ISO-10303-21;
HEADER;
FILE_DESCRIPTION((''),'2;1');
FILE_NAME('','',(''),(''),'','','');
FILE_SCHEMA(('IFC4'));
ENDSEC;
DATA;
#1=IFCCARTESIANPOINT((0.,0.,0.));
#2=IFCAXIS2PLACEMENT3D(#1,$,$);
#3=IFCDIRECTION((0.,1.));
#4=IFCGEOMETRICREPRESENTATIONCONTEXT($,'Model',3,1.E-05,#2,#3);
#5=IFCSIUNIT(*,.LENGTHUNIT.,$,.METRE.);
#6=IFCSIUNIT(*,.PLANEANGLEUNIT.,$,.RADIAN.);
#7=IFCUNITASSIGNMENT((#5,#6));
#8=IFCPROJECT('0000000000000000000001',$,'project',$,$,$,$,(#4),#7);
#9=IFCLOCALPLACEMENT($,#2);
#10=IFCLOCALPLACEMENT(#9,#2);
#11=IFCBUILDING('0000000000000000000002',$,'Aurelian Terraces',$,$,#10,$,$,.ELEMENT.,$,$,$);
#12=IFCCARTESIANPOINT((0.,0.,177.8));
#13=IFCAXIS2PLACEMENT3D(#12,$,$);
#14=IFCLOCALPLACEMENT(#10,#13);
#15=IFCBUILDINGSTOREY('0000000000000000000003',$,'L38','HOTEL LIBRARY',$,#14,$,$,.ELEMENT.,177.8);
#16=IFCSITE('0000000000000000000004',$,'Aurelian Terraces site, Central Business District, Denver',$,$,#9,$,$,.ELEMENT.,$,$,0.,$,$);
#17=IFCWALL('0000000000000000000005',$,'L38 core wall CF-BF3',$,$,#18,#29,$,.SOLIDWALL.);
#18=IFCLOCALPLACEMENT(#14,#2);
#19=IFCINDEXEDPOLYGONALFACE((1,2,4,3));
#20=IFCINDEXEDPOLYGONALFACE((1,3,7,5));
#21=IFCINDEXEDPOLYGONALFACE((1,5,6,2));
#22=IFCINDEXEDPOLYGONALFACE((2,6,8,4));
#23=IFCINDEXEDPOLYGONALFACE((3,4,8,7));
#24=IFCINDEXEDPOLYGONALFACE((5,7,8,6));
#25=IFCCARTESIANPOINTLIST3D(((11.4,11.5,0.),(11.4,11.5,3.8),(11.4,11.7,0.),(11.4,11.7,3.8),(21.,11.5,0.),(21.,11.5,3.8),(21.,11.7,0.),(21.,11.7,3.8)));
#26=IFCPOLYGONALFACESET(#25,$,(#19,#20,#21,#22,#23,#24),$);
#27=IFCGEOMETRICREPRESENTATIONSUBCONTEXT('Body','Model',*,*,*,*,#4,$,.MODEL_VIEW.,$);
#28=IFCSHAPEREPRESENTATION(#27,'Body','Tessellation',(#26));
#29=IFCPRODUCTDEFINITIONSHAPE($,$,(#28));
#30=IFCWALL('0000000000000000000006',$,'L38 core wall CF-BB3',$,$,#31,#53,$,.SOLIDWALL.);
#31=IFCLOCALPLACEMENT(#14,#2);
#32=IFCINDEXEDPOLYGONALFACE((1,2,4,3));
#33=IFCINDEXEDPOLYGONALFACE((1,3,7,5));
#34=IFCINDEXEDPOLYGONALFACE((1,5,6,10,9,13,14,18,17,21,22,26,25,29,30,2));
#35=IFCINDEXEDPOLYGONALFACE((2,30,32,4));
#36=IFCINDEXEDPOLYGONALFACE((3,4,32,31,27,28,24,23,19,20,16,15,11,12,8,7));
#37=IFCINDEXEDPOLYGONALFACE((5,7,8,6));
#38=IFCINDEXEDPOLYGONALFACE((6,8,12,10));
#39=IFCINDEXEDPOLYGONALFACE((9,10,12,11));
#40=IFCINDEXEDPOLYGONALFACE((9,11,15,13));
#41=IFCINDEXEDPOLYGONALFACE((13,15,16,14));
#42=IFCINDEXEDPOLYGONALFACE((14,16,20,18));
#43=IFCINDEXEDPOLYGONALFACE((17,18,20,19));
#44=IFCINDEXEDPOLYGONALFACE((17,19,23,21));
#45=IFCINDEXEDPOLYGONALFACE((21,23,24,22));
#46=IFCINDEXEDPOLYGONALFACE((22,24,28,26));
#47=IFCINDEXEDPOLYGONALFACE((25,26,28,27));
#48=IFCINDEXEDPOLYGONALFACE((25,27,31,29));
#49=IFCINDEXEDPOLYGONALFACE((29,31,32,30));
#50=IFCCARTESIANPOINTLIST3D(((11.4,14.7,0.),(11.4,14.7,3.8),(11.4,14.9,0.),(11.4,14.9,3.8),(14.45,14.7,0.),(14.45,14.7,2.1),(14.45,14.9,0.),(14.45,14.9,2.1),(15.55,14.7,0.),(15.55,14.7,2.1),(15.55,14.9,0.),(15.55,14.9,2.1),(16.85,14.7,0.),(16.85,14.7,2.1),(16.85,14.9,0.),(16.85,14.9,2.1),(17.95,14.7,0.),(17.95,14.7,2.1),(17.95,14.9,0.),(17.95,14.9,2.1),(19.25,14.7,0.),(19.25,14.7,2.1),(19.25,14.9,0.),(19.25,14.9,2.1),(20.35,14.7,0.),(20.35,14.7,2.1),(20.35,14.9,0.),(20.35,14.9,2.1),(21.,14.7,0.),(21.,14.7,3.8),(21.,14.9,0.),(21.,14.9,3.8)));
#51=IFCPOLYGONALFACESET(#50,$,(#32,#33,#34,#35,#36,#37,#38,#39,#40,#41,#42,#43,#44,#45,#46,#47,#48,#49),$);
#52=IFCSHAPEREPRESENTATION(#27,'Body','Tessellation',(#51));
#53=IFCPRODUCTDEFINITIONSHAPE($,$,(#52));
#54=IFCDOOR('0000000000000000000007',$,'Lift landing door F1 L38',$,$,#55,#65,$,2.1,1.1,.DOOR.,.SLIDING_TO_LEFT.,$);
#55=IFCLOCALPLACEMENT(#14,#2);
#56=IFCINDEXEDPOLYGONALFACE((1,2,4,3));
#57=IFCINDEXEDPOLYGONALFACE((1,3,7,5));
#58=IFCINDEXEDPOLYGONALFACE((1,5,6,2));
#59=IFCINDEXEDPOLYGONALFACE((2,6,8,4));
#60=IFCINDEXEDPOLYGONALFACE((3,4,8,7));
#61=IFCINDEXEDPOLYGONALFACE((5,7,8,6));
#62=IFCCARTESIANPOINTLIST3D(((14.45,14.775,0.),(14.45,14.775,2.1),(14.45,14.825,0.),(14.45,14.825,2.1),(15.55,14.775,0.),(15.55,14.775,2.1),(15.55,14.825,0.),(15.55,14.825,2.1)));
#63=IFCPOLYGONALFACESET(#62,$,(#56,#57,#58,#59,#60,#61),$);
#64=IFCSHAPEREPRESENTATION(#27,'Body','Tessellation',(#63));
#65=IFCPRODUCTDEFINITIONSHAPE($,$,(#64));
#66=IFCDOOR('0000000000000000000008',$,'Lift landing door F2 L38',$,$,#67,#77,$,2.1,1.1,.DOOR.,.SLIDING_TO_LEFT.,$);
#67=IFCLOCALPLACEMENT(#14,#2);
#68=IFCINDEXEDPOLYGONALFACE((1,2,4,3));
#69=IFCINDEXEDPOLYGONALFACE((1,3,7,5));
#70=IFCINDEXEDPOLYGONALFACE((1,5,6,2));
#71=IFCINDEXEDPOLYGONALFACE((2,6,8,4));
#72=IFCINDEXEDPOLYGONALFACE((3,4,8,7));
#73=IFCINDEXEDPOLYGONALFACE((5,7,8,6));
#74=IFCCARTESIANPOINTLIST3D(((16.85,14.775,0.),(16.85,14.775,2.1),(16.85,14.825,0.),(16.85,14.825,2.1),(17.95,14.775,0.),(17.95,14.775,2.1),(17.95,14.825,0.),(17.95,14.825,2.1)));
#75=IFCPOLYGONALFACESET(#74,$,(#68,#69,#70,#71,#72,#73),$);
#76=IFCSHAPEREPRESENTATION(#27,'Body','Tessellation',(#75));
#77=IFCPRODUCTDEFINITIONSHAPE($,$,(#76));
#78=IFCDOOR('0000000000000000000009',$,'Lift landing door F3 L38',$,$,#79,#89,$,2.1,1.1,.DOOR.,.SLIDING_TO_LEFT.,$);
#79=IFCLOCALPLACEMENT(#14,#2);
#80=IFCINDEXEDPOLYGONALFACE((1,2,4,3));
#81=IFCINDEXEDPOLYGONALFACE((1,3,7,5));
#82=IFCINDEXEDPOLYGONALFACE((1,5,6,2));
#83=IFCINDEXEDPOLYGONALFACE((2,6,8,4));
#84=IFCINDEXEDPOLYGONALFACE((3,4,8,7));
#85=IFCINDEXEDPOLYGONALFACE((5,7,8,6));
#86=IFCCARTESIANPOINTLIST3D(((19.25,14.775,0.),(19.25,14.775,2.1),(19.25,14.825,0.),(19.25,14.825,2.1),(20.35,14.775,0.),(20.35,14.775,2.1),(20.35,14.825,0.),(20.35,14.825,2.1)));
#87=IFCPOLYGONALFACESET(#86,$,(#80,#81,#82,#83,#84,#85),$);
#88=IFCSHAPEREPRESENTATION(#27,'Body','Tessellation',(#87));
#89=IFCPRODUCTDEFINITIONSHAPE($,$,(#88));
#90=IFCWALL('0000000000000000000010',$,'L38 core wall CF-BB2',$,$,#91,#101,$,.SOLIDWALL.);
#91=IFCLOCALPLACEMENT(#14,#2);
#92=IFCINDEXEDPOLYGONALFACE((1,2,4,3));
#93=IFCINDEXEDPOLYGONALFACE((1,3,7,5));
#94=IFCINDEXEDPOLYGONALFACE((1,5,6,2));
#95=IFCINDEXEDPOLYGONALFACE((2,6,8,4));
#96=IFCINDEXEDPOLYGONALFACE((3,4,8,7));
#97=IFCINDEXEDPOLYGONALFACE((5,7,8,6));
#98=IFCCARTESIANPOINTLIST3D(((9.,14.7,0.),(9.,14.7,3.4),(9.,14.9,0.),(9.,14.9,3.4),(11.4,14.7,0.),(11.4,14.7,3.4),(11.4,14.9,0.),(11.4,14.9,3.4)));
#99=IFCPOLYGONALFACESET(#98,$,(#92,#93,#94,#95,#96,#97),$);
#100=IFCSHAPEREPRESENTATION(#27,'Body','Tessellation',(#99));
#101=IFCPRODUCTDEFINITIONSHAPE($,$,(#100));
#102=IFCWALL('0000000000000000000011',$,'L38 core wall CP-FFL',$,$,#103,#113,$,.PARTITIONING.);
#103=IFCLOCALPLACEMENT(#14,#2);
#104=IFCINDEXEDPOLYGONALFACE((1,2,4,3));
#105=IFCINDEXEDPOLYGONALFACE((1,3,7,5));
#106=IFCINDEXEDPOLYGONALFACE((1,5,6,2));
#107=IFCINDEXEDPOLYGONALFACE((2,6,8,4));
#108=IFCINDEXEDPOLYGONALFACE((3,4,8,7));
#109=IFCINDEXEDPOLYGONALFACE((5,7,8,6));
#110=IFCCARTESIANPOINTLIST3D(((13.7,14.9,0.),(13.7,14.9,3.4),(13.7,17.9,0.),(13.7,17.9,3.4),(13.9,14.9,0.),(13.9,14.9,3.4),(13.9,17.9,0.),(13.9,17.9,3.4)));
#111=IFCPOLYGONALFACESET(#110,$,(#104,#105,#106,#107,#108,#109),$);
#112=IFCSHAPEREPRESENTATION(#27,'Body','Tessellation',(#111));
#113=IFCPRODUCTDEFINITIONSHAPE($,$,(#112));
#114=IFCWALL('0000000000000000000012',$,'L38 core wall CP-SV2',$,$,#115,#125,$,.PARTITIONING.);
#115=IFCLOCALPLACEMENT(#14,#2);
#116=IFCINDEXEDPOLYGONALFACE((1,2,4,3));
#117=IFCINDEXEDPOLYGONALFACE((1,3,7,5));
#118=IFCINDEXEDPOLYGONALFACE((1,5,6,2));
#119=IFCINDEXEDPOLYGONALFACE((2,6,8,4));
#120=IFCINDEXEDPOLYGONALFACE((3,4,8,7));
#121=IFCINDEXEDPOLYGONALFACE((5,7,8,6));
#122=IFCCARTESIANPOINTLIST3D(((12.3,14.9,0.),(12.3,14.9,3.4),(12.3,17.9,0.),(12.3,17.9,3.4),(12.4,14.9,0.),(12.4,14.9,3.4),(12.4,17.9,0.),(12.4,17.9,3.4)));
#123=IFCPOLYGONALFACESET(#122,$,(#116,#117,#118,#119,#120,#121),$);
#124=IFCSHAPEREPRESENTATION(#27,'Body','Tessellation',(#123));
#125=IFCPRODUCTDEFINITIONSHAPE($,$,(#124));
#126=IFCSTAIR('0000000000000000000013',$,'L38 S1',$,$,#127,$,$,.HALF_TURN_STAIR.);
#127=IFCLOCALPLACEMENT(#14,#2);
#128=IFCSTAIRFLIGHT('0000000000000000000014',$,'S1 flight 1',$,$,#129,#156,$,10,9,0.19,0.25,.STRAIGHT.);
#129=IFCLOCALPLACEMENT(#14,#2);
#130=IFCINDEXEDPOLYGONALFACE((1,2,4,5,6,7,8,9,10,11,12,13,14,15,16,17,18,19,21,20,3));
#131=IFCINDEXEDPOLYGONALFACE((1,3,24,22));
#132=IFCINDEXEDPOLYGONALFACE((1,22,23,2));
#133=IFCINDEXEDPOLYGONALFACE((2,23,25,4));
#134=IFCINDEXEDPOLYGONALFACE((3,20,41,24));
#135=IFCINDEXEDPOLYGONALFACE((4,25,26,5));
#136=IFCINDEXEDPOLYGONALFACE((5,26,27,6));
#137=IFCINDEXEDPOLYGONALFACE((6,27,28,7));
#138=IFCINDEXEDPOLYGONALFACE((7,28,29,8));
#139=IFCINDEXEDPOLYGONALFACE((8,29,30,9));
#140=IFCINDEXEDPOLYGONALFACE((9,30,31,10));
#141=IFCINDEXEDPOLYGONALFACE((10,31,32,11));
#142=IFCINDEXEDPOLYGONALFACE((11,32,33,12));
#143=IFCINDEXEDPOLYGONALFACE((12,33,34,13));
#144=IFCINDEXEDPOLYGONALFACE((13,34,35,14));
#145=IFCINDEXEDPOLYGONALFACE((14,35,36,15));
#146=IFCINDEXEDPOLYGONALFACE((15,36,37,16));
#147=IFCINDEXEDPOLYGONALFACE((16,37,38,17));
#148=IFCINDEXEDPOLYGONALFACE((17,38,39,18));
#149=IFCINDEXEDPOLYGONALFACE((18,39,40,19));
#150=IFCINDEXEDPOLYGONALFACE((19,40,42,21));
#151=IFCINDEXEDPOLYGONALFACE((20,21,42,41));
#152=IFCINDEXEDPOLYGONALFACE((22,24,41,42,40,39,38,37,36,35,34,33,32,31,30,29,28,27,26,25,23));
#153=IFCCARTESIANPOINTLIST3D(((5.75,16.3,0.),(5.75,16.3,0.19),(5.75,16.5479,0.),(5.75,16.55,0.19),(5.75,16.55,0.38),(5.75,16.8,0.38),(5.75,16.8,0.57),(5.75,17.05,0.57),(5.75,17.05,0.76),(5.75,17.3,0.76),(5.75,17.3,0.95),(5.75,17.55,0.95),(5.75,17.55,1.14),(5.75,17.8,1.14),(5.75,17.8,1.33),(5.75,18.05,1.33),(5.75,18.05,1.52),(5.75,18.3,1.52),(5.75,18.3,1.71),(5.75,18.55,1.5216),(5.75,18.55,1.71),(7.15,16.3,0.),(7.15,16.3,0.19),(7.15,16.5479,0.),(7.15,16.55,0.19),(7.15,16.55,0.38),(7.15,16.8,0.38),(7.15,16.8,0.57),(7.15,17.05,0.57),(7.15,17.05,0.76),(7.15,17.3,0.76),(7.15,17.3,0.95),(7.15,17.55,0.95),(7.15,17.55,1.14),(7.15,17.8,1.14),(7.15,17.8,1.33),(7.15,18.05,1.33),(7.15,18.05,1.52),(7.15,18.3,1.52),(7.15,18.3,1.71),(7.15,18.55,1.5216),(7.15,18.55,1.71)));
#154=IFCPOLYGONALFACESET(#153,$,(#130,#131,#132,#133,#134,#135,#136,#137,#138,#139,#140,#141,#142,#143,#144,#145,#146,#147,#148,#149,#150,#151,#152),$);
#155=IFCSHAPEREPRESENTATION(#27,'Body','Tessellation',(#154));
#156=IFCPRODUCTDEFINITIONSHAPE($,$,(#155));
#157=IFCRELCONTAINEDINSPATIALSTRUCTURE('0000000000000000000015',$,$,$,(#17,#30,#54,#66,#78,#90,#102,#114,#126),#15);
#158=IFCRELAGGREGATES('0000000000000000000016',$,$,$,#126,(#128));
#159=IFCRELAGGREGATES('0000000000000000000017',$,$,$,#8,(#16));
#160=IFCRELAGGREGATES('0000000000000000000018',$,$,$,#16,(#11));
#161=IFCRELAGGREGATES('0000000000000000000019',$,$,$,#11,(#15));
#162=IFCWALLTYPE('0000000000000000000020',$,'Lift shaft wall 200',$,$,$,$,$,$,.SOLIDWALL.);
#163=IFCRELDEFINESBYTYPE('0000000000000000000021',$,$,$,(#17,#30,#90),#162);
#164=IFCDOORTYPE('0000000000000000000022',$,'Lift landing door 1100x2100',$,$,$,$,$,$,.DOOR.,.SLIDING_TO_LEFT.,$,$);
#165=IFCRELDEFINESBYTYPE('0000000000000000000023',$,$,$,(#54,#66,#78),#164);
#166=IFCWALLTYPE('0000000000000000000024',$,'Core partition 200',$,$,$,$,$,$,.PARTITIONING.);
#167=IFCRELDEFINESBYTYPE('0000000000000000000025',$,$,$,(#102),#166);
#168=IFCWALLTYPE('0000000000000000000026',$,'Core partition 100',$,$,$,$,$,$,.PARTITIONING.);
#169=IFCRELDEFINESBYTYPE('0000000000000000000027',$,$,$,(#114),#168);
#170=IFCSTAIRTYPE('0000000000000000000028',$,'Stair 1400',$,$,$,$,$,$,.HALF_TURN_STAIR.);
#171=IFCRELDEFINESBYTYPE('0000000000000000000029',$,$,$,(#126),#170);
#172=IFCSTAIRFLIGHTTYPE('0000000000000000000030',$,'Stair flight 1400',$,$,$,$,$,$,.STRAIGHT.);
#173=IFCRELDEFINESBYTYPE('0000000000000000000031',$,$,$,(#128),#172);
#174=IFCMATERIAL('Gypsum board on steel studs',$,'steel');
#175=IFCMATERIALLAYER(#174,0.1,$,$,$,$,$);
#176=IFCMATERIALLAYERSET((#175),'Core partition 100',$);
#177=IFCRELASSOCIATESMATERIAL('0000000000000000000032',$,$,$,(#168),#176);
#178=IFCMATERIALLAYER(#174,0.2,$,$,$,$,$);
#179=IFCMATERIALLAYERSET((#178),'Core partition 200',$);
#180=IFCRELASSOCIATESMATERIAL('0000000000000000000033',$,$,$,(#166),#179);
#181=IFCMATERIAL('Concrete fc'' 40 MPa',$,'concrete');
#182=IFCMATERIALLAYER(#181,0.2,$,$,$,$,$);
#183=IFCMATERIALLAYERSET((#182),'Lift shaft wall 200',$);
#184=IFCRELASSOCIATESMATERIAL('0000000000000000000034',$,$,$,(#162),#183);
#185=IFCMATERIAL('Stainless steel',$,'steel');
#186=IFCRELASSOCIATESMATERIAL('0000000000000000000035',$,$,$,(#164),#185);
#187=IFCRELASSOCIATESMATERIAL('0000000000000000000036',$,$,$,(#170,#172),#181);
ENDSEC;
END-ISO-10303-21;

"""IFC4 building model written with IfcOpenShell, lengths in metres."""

from ifc_helpers import new_model, si_unit, direction, frame, frame_2d, origin, place, context, subcontext, project, spatial, polyline, rectangle, outline, extrude, source, transform, mapped, material, layer, layer_set, type_object, element, fill, aggregate, save


model = new_model("IFC4")

# Units and contexts
model_context = context("Model", 3, precision=1e-05, world=origin(), true_north=direction((0.0, 1.0)))
body_context = subcontext(model_context, "Body", "Model", "MODEL_VIEW")
ifc_project = project(units=[si_unit("LENGTHUNIT", "METRE"), si_unit("PLANEANGLEUNIT", "RADIAN")], contexts=[model_context])

# Site, building, storey
site_placement = place(None, origin())
site = spatial("IfcSite", under=ifc_project, at=site_placement, Name="Aurelian Terraces site, Central Business District, Denver", CompositionType="ELEMENT", RefElevation=0.0)
building_placement = place(site_placement, origin())
building = spatial("IfcBuilding", under=site, at=building_placement, Name="Aurelian Terraces", CompositionType="ELEMENT")
storey_placement = place(building_placement, frame((0.0, 0.0, 177.8)))
storey = spatial("IfcBuildingStorey", under=building, at=storey_placement, Name="L38", Description="HOTEL LIBRARY", CompositionType="ELEMENT", Elevation=177.8)

# Shared definitions
ifc_material_1 = material(Name="Gypsum board on steel studs", Category="steel")
ifc_layer_1 = layer(ifc_material_1, 0.1)
ifc_layer_set_1 = layer_set([ifc_layer_1], Name="Core partition 100")
wall_type_1 = type_object("IfcWallType", Name="Core partition 100", PredefinedType="PARTITIONING", material=ifc_layer_set_1)
ifc_layer_2 = layer(ifc_material_1, 0.2)
ifc_layer_set_2 = layer_set([ifc_layer_2], Name="Core partition 200")
wall_type_2 = type_object("IfcWallType", Name="Core partition 200", PredefinedType="PARTITIONING", material=ifc_layer_set_2)
ifc_material_2 = material(Name="Concrete fc' 40 MPa", Category="concrete")
ifc_layer_3 = layer(ifc_material_2, 0.2)
ifc_layer_set_3 = layer_set([ifc_layer_3], Name="Lift shaft wall 200")
wall_type_3 = type_object("IfcWallType", Name="Lift shaft wall 200", PredefinedType="SOLIDWALL", material=ifc_layer_set_3)

# Shared definitions
shared_shape_1 = source(origin(), body_context, "Body", "SweptSolid", [
    extrude(rectangle(XDim=1.1, YDim=2.1, at=frame_2d((0.55, 1.05))), frame((0.0, 0.025, 0.0), z_axis=(0.0, -1.0, 0.0), x_axis=(1.0, 0.0, 0.0)), (0.0, 0.0, 1.0), 0.05),
])

# Wall
shared_shape_2 = source(origin(), body_context, "Body", "SweptSolid", [
    extrude(rectangle(XDim=9.6, YDim=0.2, at=frame_2d((4.8, 0.0))), origin(), (0.0, 0.0, 1.0), 3.8),
])
wall_1_placement = place(storey_placement, frame((11.4, 11.6, 0.0), z_axis=(0.0, 0.0, 1.0), x_axis=(1.0, 0.0, 0.0)))
element("IfcWall", 1, at=wall_1_placement, inside=storey, type_object=wall_type_3, Name="L38 core wall CF-BF3", PredefinedType="SOLIDWALL", context=body_context, shape_type="MappedRepresentation", body=[
    mapped(shared_shape_2, transform((0.0, 0.0, 0.0), scale=1.0)),
])

# Wall, openings, doors
wall_2_placement = place(storey_placement, frame((11.4, 14.8, 0.0), z_axis=(0.0, 0.0, 1.0), x_axis=(1.0, 0.0, 0.0)))
wall_2 = element("IfcWall", 2, at=wall_2_placement, inside=storey, type_object=wall_type_3, Name="L38 core wall CF-BB3", PredefinedType="SOLIDWALL", context=body_context, shape_type="MappedRepresentation", body=[
    mapped(shared_shape_2, transform((0.0, 0.0, 0.0), scale=1.0)),
])
shared_shape_3 = source(origin(), body_context, "Body", "SweptSolid", [
    extrude(rectangle(XDim=1.1, YDim=2.1, at=frame_2d((0.55, 1.05))), frame((0.0, 0.11, 0.0), z_axis=(0.0, -1.0, 0.0), x_axis=(1.0, 0.0, 0.0)), (0.0, 0.0, 1.0), 0.22),
])
opening_1_placement = place(wall_2_placement, frame((3.05, 0.0, 0.0)))
opening_1 = element("IfcOpeningElement", 3, at=opening_1_placement, cuts=wall_2, PredefinedType="OPENING", context=body_context, shape_type="MappedRepresentation", body=[
    mapped(shared_shape_3, transform((0.0, 0.0, 0.0), scale=1.0)),
])
opening_2_placement = place(wall_2_placement, frame((5.45, 0.0, 0.0)))
opening_2 = element("IfcOpeningElement", 4, at=opening_2_placement, cuts=wall_2, PredefinedType="OPENING", context=body_context, shape_type="MappedRepresentation", body=[
    mapped(shared_shape_3, transform((0.0, 0.0, 0.0), scale=1.0)),
])
opening_3_placement = place(wall_2_placement, frame((7.85, 0.0, 0.0)))
opening_3 = element("IfcOpeningElement", 5, at=opening_3_placement, cuts=wall_2, PredefinedType="OPENING", context=body_context, shape_type="MappedRepresentation", body=[
    mapped(shared_shape_3, transform((0.0, 0.0, 0.0), scale=1.0)),
])
ifc_material_3 = material(Name="Stainless steel", Category="steel")
door_type_1 = type_object("IfcDoorType", Name="Lift landing door 1100x2100", OperationType="SLIDING_TO_LEFT", PredefinedType="DOOR", material=ifc_material_3)
door_1_placement = place(opening_1_placement, origin())
door_1 = element("IfcDoor", 6, at=door_1_placement, inside=storey, type_object=door_type_1, Name="Lift landing door F1 L38", OperationType="SLIDING_TO_LEFT", OverallHeight=2.1, OverallWidth=1.1, PredefinedType="DOOR", context=body_context, shape_type="MappedRepresentation", body=[
    mapped(shared_shape_1, transform((0.0, 0.0, 0.0), scale=1.0)),
])
fill(opening_1, door_1)
door_2_placement = place(opening_2_placement, origin())
door_2 = element("IfcDoor", 7, at=door_2_placement, inside=storey, type_object=door_type_1, Name="Lift landing door F2 L38", OperationType="SLIDING_TO_LEFT", OverallHeight=2.1, OverallWidth=1.1, PredefinedType="DOOR", context=body_context, shape_type="MappedRepresentation", body=[
    mapped(shared_shape_1, transform((0.0, 0.0, 0.0), scale=1.0)),
])
fill(opening_2, door_2)
door_3_placement = place(opening_3_placement, origin())
door_3 = element("IfcDoor", 8, at=door_3_placement, inside=storey, type_object=door_type_1, Name="Lift landing door F3 L38", OperationType="SLIDING_TO_LEFT", OverallHeight=2.1, OverallWidth=1.1, PredefinedType="DOOR", context=body_context, shape_type="MappedRepresentation", body=[
    mapped(shared_shape_1, transform((0.0, 0.0, 0.0), scale=1.0)),
])
fill(opening_3, door_3)

# Walls
shared_shape_4 = source(origin(), body_context, "Body", "SweptSolid", [
    extrude(rectangle(XDim=2.4, YDim=0.2, at=frame_2d((1.2, 0.0))), origin(), (0.0, 0.0, 1.0), 3.4),
])
wall_3_placement = place(storey_placement, frame((9.0, 14.8, 0.0), z_axis=(0.0, 0.0, 1.0), x_axis=(1.0, 0.0, 0.0)))
element("IfcWall", 9, at=wall_3_placement, inside=storey, type_object=wall_type_3, Name="L38 core wall CF-BB2", PredefinedType="SOLIDWALL", context=body_context, shape_type="MappedRepresentation", body=[
    mapped(shared_shape_4, transform((0.0, 0.0, 0.0), scale=1.0)),
])
shared_shape_5 = source(origin(), body_context, "Body", "SweptSolid", [
    extrude(rectangle(XDim=3.0, YDim=0.2, at=frame_2d((1.5, 0.0))), origin(), (0.0, 0.0, 1.0), 3.4),
])
wall_4_placement = place(storey_placement, frame((13.8, 14.9, 0.0), z_axis=(0.0, 0.0, 1.0), x_axis=(0.0, 1.0, 0.0)))
element("IfcWall", 10, at=wall_4_placement, inside=storey, type_object=wall_type_2, Name="L38 core wall CP-FFL", PredefinedType="PARTITIONING", context=body_context, shape_type="MappedRepresentation", body=[
    mapped(shared_shape_5, transform((0.0, 0.0, 0.0), scale=1.0)),
])
shared_shape_6 = source(origin(), body_context, "Body", "SweptSolid", [
    extrude(rectangle(XDim=3.0, YDim=0.1, at=frame_2d((1.5, 0.0))), origin(), (0.0, 0.0, 1.0), 3.4),
])
wall_5_placement = place(storey_placement, frame((12.35, 14.9, 0.0), z_axis=(0.0, 0.0, 1.0), x_axis=(0.0, 1.0, 0.0)))
element("IfcWall", 11, at=wall_5_placement, inside=storey, type_object=wall_type_1, Name="L38 core wall CP-SV2", PredefinedType="PARTITIONING", context=body_context, shape_type="MappedRepresentation", body=[
    mapped(shared_shape_6, transform((0.0, 0.0, 0.0), scale=1.0)),
])

# Stair, stair flight
stair_type = type_object("IfcStairType", Name="Stair 1400", PredefinedType="HALF_TURN_STAIR", material=ifc_material_2)
stair_placement = place(storey_placement, origin())
stair = element("IfcStair", 12, at=stair_placement, inside=storey, type_object=stair_type, Name="L38 S1", PredefinedType="HALF_TURN_STAIR")
stair_flight_type = type_object("IfcStairFlightType", Name="Stair flight 1400", PredefinedType="STRAIGHT", material=ifc_material_2)
stair_flight_placement = place(storey_placement, frame((6.45, 16.3, 0.0), z_axis=(0.0, 0.0, 1.0), x_axis=(0.0, 1.0, 0.0)))
stair_flight = element("IfcStairFlight", 13, at=stair_flight_placement, type_object=stair_flight_type, Name="S1 flight 1", NumberOfRisers=10, NumberOfTreads=9, PredefinedType="STRAIGHT", RiserHeight=0.19, TreadLength=0.25, context=body_context, shape_type="SweptSolid", body=[
    extrude(outline(polyline([(0.0, 0.0), (0.0, 0.19), (0.25, 0.19), (0.25, 0.38), (0.5, 0.38), (0.5, 0.57), (0.75, 0.57), (0.75, 0.76), (1.0, 0.76), (1.0, 0.95), (1.25, 0.95), (1.25, 1.14), (1.5, 1.14), (1.5, 1.33), (1.75, 1.33), (1.75, 1.52), (2.0, 1.52), (2.0, 1.71), (2.25, 1.71), (2.25, 1.9), (2.25, 1.5216), (0.2479, 0.0), (0.0, 0.0)])), frame((0.0, 0.7, 0.0), z_axis=(0.0, -1.0, 0.0), x_axis=(1.0, 0.0, 0.0)), (0.0, 0.0, 1.0), 1.4),
])
aggregate(stair, [stair_flight])

save(model, "model.ifc")
